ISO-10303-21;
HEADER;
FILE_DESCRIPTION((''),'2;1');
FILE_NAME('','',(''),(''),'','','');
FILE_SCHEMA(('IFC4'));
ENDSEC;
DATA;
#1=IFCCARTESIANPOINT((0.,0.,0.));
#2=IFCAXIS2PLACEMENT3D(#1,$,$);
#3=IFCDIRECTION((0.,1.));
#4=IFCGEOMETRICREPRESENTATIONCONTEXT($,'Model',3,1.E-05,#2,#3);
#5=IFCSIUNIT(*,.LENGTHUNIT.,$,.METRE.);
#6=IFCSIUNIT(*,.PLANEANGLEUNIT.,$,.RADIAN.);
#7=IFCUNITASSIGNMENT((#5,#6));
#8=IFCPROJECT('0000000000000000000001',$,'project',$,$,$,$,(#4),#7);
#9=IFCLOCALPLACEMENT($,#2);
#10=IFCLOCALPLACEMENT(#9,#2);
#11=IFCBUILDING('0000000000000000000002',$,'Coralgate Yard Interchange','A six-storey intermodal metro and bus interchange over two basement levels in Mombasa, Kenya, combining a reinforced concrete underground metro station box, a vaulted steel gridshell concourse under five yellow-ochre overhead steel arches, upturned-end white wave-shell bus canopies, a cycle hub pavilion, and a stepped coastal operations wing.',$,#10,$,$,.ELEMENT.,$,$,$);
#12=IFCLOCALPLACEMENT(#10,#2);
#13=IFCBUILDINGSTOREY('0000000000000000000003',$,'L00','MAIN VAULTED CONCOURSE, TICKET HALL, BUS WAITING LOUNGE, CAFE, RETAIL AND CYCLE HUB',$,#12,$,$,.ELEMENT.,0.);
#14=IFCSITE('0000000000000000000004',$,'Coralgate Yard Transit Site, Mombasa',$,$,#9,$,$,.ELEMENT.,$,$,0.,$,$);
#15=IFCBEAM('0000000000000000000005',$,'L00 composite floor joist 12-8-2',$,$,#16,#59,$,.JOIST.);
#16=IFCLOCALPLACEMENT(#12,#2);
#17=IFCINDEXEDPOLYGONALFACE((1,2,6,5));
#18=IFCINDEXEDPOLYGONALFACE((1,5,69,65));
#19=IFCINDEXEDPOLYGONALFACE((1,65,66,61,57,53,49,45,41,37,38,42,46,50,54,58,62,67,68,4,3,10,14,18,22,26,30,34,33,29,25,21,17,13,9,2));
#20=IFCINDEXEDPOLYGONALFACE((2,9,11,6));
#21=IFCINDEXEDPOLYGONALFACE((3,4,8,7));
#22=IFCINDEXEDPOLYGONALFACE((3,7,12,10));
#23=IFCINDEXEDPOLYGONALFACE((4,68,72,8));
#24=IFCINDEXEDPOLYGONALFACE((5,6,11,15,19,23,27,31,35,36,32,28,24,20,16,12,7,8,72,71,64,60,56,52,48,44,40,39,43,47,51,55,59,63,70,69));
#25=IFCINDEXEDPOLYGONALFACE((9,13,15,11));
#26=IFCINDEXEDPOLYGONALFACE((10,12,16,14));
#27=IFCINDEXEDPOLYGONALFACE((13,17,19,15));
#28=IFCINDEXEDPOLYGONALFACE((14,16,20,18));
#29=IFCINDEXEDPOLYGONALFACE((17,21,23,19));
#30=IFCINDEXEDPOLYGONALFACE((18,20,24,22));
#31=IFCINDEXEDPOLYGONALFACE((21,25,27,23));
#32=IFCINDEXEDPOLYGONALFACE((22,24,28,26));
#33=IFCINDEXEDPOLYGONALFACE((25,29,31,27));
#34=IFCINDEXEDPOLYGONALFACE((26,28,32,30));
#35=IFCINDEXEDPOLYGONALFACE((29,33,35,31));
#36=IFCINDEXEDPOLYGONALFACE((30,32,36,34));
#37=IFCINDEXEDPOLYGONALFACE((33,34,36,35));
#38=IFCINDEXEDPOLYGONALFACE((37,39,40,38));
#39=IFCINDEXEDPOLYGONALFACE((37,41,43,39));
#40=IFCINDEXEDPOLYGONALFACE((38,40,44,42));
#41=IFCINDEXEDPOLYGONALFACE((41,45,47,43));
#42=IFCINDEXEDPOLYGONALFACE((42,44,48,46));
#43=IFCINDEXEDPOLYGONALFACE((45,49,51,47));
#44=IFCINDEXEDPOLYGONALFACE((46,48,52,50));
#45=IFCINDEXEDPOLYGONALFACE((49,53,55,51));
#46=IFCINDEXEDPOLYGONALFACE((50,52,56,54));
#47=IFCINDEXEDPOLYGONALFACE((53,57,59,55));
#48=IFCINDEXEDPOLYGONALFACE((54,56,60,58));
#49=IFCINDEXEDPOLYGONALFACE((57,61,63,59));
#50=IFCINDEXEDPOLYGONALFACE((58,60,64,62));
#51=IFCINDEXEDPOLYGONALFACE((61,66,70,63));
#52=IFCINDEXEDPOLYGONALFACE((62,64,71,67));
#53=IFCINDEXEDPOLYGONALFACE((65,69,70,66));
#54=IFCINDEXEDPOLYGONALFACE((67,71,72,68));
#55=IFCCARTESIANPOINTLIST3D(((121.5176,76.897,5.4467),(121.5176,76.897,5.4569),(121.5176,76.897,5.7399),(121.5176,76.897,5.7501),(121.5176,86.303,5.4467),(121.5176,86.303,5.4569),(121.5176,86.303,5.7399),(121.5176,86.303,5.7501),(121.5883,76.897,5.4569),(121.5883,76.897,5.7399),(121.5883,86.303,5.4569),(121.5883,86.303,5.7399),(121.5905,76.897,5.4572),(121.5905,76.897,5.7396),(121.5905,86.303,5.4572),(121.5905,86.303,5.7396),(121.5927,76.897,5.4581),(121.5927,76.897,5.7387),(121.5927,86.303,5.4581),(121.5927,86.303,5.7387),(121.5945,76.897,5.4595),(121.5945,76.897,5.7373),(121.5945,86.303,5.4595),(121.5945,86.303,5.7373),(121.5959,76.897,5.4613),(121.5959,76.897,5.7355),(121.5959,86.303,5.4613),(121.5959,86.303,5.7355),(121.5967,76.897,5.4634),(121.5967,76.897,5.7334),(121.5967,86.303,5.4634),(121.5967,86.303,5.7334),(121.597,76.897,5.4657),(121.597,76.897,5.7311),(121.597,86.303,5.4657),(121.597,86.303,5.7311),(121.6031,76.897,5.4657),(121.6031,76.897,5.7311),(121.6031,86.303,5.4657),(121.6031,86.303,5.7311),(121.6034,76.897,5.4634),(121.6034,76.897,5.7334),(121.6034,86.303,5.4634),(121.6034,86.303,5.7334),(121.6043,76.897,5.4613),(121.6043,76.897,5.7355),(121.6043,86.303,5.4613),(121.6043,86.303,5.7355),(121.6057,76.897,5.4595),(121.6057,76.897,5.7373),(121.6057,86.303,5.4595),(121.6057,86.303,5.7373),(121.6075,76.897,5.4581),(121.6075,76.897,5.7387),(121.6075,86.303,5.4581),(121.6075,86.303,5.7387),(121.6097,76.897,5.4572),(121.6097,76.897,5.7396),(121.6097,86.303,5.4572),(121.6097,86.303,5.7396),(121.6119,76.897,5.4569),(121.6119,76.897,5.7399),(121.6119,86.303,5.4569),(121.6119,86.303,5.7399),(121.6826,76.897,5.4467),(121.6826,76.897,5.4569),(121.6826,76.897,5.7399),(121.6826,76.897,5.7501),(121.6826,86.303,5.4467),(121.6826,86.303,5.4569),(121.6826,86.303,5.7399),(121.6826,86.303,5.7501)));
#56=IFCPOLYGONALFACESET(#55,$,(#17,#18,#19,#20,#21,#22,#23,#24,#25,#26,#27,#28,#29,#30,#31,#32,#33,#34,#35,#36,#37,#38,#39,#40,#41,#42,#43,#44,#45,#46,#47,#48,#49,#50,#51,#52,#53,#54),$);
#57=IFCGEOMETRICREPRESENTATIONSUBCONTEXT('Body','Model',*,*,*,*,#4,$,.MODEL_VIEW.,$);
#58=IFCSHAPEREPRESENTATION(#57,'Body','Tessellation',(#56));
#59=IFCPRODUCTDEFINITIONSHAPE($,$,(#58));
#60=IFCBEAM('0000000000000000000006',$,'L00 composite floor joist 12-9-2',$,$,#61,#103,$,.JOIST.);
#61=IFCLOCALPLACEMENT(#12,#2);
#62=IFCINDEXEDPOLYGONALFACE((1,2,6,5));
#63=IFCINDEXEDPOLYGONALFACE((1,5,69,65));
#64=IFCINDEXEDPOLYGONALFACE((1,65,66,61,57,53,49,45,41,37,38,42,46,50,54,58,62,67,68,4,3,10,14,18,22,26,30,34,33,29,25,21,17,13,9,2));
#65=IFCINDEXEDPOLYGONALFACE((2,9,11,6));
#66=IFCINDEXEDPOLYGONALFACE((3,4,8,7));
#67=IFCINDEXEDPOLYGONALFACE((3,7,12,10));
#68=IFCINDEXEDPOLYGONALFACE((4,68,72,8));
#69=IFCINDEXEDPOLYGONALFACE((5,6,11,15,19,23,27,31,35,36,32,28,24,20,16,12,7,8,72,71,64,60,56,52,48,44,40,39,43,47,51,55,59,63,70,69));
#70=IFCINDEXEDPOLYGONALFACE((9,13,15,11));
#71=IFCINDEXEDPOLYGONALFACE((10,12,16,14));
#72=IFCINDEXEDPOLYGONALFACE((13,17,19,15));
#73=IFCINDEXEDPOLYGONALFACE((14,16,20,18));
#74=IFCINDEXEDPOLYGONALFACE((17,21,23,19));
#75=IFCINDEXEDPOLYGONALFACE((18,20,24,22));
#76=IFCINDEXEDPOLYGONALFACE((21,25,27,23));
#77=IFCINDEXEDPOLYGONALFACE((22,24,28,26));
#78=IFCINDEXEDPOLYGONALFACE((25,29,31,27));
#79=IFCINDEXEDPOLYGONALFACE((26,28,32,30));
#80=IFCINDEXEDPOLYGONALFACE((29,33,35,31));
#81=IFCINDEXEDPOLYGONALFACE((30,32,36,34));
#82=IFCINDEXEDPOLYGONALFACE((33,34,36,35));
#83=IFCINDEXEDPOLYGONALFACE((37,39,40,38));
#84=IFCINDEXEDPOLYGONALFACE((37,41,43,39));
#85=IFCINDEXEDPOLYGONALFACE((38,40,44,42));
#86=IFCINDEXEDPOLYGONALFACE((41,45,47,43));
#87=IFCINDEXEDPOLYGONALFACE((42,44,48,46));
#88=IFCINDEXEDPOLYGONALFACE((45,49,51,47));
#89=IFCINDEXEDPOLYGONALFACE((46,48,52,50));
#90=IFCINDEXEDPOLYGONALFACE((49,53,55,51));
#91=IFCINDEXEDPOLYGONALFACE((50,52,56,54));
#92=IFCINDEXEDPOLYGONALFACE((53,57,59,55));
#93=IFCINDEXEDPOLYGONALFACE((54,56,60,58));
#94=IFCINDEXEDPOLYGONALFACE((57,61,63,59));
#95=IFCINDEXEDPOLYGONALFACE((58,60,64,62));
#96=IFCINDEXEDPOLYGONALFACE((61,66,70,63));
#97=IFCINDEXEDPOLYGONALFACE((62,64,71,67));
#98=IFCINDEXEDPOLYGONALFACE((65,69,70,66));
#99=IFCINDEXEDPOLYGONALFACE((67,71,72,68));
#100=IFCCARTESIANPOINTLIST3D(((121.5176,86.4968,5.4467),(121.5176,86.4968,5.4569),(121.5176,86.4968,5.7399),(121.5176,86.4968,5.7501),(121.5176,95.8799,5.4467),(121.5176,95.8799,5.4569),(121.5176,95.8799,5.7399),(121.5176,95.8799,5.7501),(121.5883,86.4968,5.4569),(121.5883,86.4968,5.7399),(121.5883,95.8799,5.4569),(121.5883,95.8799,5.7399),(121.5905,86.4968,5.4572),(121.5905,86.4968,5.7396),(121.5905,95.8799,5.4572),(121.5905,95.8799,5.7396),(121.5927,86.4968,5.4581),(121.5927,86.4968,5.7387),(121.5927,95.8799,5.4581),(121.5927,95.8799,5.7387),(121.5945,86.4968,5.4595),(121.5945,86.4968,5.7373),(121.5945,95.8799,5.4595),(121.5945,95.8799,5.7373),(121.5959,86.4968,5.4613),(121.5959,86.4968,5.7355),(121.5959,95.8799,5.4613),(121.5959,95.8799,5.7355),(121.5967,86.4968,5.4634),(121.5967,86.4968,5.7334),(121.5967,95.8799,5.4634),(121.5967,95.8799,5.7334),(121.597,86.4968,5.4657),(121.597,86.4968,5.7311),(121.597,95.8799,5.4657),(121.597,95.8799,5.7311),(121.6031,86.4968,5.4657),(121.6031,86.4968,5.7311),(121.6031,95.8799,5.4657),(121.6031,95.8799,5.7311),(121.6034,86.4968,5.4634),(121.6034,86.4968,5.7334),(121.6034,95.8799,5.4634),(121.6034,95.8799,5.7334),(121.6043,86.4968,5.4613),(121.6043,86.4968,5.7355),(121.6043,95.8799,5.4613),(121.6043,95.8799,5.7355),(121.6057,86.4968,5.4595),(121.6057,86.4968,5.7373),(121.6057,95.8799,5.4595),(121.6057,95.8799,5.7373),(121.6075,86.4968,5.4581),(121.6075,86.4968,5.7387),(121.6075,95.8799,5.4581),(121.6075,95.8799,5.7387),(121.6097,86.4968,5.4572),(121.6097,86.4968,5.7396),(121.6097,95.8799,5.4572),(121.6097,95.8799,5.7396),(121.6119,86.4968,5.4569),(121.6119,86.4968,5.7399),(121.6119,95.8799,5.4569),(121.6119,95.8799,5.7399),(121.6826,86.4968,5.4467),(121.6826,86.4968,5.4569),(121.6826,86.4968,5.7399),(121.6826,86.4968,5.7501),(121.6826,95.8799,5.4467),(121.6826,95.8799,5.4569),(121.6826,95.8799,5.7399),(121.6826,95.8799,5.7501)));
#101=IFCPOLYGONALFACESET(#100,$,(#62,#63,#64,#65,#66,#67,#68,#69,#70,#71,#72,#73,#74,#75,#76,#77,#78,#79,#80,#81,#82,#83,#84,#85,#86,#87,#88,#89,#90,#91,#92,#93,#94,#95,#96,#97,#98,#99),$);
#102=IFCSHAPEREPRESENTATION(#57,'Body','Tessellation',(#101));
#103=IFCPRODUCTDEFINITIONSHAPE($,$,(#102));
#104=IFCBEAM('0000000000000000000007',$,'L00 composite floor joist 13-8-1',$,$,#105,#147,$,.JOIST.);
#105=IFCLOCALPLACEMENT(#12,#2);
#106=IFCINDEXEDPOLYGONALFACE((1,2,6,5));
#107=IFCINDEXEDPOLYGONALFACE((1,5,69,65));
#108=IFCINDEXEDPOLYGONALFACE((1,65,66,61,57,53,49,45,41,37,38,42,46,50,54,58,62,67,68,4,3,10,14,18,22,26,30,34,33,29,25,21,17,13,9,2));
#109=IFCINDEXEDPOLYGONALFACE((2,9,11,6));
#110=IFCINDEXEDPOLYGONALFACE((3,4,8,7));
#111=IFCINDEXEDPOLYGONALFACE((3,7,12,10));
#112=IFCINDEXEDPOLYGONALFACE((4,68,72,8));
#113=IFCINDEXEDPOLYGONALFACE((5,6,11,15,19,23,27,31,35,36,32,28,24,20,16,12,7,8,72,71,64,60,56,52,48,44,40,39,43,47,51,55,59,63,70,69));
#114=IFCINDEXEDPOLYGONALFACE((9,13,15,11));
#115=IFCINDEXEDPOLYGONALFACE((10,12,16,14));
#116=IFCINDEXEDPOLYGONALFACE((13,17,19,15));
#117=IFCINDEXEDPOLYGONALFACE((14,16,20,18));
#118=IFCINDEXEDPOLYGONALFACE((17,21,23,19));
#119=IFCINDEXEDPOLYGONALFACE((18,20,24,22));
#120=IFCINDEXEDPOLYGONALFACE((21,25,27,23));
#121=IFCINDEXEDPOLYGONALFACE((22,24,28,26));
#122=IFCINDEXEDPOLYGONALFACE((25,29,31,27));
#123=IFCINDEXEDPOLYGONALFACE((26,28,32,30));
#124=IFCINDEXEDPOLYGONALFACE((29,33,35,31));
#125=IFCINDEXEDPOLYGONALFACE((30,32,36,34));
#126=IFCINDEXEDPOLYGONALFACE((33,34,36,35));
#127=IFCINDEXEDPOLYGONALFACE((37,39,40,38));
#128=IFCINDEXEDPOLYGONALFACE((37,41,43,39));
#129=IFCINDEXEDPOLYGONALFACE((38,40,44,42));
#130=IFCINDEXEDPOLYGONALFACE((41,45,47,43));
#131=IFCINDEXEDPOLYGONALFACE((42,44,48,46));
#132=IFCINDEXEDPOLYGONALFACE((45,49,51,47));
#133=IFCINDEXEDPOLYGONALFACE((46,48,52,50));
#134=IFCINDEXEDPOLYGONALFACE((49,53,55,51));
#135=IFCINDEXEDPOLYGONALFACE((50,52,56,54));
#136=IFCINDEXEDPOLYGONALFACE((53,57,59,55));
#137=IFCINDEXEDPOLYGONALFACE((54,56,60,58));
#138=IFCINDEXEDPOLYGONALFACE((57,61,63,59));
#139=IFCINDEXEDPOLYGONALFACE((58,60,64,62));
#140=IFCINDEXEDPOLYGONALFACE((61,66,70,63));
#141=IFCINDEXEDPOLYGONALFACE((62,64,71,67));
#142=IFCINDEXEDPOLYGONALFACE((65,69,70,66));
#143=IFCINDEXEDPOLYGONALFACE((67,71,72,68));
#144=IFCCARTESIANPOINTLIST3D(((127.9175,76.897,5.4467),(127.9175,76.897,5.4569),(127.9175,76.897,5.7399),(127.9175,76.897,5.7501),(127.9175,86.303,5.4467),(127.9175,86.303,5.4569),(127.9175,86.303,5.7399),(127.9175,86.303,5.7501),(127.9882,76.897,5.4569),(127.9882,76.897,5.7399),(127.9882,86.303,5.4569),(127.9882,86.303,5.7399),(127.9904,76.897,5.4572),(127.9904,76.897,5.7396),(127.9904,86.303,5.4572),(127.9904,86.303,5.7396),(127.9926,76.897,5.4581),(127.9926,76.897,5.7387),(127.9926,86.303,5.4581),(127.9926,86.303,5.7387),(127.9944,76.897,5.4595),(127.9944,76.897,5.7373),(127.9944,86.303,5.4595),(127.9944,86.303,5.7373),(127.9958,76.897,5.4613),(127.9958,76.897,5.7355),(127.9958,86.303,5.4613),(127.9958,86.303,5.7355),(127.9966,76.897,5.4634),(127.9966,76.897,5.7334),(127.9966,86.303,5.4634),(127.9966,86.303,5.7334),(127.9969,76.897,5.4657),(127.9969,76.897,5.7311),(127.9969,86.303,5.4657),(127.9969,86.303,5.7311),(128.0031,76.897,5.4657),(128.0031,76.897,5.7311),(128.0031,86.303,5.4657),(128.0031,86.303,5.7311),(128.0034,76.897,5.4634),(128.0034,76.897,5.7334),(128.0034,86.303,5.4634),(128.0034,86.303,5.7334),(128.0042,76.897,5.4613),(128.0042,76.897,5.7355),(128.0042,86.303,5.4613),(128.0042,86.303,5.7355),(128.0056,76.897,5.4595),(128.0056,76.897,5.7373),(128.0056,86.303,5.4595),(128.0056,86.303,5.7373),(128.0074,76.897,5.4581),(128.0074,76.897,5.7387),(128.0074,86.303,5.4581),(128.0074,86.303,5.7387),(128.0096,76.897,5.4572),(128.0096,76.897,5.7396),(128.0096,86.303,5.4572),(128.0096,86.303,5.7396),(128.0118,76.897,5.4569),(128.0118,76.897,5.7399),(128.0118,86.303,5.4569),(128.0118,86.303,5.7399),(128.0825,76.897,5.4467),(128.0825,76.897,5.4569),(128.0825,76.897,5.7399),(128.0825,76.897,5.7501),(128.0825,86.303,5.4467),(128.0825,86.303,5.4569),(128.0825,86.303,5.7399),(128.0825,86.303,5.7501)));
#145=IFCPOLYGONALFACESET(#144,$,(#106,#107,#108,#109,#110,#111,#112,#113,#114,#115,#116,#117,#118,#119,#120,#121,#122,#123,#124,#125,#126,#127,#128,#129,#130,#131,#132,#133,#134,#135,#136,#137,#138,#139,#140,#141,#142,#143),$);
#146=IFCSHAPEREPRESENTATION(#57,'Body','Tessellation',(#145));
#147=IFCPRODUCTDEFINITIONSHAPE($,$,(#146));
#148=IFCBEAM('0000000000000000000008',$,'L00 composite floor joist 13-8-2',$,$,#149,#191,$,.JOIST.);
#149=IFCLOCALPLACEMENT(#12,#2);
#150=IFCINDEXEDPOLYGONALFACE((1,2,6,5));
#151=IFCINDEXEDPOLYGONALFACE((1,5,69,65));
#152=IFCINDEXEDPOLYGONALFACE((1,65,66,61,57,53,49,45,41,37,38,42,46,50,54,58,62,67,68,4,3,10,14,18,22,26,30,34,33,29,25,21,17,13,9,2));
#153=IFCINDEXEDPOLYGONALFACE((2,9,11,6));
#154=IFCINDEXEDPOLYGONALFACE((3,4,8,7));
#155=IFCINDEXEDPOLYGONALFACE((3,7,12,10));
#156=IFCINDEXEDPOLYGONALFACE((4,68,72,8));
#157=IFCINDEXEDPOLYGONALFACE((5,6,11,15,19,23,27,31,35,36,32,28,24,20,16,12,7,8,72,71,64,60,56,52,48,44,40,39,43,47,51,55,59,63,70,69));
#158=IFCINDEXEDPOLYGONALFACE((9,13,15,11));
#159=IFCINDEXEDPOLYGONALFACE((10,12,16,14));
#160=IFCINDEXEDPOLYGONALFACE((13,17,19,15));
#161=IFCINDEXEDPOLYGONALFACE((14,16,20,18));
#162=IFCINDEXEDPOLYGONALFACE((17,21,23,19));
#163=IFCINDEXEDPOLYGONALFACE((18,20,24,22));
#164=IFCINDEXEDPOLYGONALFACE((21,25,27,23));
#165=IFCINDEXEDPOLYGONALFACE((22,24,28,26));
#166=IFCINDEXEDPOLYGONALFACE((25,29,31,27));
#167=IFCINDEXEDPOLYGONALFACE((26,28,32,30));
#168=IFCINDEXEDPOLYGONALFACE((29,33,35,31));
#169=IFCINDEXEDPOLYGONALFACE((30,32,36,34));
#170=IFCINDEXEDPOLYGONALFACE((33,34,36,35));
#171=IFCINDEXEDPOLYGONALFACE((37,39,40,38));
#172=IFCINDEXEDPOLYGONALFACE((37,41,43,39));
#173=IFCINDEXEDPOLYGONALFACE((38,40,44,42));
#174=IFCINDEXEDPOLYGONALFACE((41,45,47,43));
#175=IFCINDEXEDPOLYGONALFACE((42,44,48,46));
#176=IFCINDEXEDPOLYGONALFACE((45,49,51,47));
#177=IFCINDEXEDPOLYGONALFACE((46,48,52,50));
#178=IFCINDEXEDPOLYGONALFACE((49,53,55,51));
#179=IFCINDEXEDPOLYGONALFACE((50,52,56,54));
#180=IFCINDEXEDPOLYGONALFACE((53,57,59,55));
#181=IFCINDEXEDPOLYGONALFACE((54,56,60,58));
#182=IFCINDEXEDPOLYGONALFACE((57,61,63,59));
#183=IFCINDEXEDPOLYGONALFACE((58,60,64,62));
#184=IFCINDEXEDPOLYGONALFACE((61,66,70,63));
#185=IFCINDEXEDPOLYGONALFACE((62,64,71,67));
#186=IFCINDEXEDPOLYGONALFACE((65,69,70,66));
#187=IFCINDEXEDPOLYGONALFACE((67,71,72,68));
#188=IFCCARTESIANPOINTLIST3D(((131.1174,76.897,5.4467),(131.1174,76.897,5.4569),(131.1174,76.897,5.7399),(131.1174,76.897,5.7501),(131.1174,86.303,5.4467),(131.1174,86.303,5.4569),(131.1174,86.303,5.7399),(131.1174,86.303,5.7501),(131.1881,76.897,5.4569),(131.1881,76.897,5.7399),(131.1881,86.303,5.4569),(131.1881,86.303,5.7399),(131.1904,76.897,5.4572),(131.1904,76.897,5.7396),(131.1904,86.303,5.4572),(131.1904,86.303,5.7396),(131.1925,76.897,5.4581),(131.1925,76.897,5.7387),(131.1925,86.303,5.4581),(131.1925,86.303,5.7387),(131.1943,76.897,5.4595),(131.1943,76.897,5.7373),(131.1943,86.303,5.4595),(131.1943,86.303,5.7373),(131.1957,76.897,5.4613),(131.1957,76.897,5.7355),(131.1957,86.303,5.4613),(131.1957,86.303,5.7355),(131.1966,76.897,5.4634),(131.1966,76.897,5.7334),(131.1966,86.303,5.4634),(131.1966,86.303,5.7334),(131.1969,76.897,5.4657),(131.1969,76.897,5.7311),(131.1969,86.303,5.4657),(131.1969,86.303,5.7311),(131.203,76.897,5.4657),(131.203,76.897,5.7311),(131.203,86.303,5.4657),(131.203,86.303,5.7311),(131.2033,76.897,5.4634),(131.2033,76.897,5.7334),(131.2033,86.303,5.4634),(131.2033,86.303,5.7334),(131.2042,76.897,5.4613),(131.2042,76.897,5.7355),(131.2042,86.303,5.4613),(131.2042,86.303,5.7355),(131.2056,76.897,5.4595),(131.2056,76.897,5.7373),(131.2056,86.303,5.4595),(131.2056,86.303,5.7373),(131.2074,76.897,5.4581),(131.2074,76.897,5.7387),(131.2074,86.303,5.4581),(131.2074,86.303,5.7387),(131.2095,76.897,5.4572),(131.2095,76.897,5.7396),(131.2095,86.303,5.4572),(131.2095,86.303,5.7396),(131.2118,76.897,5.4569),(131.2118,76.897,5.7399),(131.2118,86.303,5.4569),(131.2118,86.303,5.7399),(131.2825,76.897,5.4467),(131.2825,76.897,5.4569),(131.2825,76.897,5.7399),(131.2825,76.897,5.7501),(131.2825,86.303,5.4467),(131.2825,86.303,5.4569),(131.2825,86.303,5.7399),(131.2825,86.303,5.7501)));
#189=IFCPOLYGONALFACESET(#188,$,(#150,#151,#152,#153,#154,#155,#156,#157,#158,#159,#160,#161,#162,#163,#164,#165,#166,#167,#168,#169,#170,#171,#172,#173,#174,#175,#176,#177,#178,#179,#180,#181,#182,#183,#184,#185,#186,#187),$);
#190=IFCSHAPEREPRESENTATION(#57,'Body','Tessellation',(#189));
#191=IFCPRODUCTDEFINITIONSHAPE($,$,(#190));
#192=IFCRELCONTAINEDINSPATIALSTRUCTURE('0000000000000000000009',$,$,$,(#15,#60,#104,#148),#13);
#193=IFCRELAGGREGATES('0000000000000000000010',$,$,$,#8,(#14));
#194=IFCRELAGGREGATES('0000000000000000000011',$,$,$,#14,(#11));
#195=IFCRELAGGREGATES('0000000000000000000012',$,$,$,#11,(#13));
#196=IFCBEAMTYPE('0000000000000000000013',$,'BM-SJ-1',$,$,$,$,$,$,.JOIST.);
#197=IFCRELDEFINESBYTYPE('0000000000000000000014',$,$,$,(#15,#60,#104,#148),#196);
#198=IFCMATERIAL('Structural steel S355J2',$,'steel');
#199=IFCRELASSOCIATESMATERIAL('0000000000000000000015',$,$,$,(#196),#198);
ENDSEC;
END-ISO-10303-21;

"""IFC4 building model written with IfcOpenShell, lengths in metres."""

from ifc_helpers import new_model, si_unit, direction, frame, origin, origin_2d, place, context, subcontext, project, spatial, i_section, extrude, material, material_profile, profile_set, type_object, element, save


model = new_model("IFC4")

# Units and contexts
model_context = context("Model", 3, precision=1e-05, world=origin(), true_north=direction((0.0, 1.0)))
body_context = subcontext(model_context, "Body", "Model", "MODEL_VIEW")
ifc_project = project(units=[si_unit("LENGTHUNIT", "METRE"), si_unit("PLANEANGLEUNIT", "RADIAN")], contexts=[model_context])

# Site, building, storey
site_placement = place(None, origin())
site = spatial("IfcSite", under=ifc_project, at=site_placement, Name="Coralgate Yard Transit Site, Mombasa", CompositionType="ELEMENT", RefElevation=0.0)
building_placement = place(site_placement, origin())
building = spatial("IfcBuilding", under=site, at=building_placement, Name="Coralgate Yard Interchange", Description="A six-storey intermodal metro and bus interchange over two basement levels in Mombasa, Kenya, combining a reinforced concrete underground metro station box, a vaulted steel gridshell concourse under five yellow-ochre overhead steel arches, upturned-end white wave-shell bus canopies, a cycle hub pavilion, and a stepped coastal operations wing.", CompositionType="ELEMENT")
storey_placement = place(building_placement, origin())
storey = spatial("IfcBuildingStorey", under=building, at=storey_placement, Name="L00", Description="MAIN VAULTED CONCOURSE, TICKET HALL, BUS WAITING LOUNGE, CAFE, RETAIL AND CYCLE HUB", CompositionType="ELEMENT", Elevation=0.0)

# Shared definitions
ifc_material_1 = material(Name="Structural steel S355J2", Category="steel")

# Beams
ifc_material_profile_1 = material_profile(ifc_material_1, i_section(OverallWidth=0.165, OverallDepth=0.3035, WebThickness=0.0061, FlangeThickness=0.0103, FilletRadius=0.0088, at=origin_2d()), Name="UB 305x165x40")
ifc_profile_set_1 = profile_set([ifc_material_profile_1], Name="Structural steel S355J2")
beam_type_1 = type_object("IfcBeamType", Name="BM-SJ-1", PredefinedType="JOIST", material=ifc_profile_set_1)
beam_1_placement = place(storey_placement, frame((121.6001, 76.897, 5.5984), z_axis=(0.0, 1.0, 0.0), x_axis=(-1.0, 0.0, 0.0)))
element("IfcBeam", 1, at=beam_1_placement, inside=storey, type_object=beam_type_1, Name="L00 composite floor joist 12-8-2", PredefinedType="JOIST", context=body_context, shape_type="SweptSolid", body=[
    extrude(i_section(OverallWidth=0.165, OverallDepth=0.3035, WebThickness=0.0061, FlangeThickness=0.0103, FilletRadius=0.0088, at=origin_2d()), origin(), (0.0, 0.0, 1.0), 9.406),
])
beam_2_placement = place(storey_placement, frame((121.6001, 86.4968, 5.5984), z_axis=(0.0, 1.0, 0.0), x_axis=(-1.0, 0.0, 0.0)))
element("IfcBeam", 2, at=beam_2_placement, inside=storey, type_object=beam_type_1, Name="L00 composite floor joist 12-9-2", PredefinedType="JOIST", context=body_context, shape_type="SweptSolid", body=[
    extrude(i_section(OverallWidth=0.165, OverallDepth=0.3035, WebThickness=0.0061, FlangeThickness=0.0103, FilletRadius=0.0088, at=origin_2d()), origin(), (0.0, 0.0, 1.0), 9.3831),
])
for number, where, z_axis, x_axis, name in (
    (3, (128.0, 76.897, 5.5984), (0.0, 1.0, 0.0), (-1.0, 0.0, 0.0), "L00 composite floor joist 13-8-1"),
    (4, (131.2, 76.897, 5.5984), (0.0, 1.0, 0.0), (-1.0, 0.0, 0.0), "L00 composite floor joist 13-8-2"),
):
    element("IfcBeam", number, at=place(storey_placement, frame(where, z_axis=z_axis, x_axis=x_axis)), inside=storey, type_object=beam_type_1, Name=name, PredefinedType="JOIST", context=body_context, shape_type="SweptSolid", body=[
        extrude(i_section(OverallWidth=0.165, OverallDepth=0.3035, WebThickness=0.0061, FlangeThickness=0.0103, FilletRadius=0.0088, at=origin_2d()), origin(), (0.0, 0.0, 1.0), 9.406),
    ])

save(model, "model.ifc")
